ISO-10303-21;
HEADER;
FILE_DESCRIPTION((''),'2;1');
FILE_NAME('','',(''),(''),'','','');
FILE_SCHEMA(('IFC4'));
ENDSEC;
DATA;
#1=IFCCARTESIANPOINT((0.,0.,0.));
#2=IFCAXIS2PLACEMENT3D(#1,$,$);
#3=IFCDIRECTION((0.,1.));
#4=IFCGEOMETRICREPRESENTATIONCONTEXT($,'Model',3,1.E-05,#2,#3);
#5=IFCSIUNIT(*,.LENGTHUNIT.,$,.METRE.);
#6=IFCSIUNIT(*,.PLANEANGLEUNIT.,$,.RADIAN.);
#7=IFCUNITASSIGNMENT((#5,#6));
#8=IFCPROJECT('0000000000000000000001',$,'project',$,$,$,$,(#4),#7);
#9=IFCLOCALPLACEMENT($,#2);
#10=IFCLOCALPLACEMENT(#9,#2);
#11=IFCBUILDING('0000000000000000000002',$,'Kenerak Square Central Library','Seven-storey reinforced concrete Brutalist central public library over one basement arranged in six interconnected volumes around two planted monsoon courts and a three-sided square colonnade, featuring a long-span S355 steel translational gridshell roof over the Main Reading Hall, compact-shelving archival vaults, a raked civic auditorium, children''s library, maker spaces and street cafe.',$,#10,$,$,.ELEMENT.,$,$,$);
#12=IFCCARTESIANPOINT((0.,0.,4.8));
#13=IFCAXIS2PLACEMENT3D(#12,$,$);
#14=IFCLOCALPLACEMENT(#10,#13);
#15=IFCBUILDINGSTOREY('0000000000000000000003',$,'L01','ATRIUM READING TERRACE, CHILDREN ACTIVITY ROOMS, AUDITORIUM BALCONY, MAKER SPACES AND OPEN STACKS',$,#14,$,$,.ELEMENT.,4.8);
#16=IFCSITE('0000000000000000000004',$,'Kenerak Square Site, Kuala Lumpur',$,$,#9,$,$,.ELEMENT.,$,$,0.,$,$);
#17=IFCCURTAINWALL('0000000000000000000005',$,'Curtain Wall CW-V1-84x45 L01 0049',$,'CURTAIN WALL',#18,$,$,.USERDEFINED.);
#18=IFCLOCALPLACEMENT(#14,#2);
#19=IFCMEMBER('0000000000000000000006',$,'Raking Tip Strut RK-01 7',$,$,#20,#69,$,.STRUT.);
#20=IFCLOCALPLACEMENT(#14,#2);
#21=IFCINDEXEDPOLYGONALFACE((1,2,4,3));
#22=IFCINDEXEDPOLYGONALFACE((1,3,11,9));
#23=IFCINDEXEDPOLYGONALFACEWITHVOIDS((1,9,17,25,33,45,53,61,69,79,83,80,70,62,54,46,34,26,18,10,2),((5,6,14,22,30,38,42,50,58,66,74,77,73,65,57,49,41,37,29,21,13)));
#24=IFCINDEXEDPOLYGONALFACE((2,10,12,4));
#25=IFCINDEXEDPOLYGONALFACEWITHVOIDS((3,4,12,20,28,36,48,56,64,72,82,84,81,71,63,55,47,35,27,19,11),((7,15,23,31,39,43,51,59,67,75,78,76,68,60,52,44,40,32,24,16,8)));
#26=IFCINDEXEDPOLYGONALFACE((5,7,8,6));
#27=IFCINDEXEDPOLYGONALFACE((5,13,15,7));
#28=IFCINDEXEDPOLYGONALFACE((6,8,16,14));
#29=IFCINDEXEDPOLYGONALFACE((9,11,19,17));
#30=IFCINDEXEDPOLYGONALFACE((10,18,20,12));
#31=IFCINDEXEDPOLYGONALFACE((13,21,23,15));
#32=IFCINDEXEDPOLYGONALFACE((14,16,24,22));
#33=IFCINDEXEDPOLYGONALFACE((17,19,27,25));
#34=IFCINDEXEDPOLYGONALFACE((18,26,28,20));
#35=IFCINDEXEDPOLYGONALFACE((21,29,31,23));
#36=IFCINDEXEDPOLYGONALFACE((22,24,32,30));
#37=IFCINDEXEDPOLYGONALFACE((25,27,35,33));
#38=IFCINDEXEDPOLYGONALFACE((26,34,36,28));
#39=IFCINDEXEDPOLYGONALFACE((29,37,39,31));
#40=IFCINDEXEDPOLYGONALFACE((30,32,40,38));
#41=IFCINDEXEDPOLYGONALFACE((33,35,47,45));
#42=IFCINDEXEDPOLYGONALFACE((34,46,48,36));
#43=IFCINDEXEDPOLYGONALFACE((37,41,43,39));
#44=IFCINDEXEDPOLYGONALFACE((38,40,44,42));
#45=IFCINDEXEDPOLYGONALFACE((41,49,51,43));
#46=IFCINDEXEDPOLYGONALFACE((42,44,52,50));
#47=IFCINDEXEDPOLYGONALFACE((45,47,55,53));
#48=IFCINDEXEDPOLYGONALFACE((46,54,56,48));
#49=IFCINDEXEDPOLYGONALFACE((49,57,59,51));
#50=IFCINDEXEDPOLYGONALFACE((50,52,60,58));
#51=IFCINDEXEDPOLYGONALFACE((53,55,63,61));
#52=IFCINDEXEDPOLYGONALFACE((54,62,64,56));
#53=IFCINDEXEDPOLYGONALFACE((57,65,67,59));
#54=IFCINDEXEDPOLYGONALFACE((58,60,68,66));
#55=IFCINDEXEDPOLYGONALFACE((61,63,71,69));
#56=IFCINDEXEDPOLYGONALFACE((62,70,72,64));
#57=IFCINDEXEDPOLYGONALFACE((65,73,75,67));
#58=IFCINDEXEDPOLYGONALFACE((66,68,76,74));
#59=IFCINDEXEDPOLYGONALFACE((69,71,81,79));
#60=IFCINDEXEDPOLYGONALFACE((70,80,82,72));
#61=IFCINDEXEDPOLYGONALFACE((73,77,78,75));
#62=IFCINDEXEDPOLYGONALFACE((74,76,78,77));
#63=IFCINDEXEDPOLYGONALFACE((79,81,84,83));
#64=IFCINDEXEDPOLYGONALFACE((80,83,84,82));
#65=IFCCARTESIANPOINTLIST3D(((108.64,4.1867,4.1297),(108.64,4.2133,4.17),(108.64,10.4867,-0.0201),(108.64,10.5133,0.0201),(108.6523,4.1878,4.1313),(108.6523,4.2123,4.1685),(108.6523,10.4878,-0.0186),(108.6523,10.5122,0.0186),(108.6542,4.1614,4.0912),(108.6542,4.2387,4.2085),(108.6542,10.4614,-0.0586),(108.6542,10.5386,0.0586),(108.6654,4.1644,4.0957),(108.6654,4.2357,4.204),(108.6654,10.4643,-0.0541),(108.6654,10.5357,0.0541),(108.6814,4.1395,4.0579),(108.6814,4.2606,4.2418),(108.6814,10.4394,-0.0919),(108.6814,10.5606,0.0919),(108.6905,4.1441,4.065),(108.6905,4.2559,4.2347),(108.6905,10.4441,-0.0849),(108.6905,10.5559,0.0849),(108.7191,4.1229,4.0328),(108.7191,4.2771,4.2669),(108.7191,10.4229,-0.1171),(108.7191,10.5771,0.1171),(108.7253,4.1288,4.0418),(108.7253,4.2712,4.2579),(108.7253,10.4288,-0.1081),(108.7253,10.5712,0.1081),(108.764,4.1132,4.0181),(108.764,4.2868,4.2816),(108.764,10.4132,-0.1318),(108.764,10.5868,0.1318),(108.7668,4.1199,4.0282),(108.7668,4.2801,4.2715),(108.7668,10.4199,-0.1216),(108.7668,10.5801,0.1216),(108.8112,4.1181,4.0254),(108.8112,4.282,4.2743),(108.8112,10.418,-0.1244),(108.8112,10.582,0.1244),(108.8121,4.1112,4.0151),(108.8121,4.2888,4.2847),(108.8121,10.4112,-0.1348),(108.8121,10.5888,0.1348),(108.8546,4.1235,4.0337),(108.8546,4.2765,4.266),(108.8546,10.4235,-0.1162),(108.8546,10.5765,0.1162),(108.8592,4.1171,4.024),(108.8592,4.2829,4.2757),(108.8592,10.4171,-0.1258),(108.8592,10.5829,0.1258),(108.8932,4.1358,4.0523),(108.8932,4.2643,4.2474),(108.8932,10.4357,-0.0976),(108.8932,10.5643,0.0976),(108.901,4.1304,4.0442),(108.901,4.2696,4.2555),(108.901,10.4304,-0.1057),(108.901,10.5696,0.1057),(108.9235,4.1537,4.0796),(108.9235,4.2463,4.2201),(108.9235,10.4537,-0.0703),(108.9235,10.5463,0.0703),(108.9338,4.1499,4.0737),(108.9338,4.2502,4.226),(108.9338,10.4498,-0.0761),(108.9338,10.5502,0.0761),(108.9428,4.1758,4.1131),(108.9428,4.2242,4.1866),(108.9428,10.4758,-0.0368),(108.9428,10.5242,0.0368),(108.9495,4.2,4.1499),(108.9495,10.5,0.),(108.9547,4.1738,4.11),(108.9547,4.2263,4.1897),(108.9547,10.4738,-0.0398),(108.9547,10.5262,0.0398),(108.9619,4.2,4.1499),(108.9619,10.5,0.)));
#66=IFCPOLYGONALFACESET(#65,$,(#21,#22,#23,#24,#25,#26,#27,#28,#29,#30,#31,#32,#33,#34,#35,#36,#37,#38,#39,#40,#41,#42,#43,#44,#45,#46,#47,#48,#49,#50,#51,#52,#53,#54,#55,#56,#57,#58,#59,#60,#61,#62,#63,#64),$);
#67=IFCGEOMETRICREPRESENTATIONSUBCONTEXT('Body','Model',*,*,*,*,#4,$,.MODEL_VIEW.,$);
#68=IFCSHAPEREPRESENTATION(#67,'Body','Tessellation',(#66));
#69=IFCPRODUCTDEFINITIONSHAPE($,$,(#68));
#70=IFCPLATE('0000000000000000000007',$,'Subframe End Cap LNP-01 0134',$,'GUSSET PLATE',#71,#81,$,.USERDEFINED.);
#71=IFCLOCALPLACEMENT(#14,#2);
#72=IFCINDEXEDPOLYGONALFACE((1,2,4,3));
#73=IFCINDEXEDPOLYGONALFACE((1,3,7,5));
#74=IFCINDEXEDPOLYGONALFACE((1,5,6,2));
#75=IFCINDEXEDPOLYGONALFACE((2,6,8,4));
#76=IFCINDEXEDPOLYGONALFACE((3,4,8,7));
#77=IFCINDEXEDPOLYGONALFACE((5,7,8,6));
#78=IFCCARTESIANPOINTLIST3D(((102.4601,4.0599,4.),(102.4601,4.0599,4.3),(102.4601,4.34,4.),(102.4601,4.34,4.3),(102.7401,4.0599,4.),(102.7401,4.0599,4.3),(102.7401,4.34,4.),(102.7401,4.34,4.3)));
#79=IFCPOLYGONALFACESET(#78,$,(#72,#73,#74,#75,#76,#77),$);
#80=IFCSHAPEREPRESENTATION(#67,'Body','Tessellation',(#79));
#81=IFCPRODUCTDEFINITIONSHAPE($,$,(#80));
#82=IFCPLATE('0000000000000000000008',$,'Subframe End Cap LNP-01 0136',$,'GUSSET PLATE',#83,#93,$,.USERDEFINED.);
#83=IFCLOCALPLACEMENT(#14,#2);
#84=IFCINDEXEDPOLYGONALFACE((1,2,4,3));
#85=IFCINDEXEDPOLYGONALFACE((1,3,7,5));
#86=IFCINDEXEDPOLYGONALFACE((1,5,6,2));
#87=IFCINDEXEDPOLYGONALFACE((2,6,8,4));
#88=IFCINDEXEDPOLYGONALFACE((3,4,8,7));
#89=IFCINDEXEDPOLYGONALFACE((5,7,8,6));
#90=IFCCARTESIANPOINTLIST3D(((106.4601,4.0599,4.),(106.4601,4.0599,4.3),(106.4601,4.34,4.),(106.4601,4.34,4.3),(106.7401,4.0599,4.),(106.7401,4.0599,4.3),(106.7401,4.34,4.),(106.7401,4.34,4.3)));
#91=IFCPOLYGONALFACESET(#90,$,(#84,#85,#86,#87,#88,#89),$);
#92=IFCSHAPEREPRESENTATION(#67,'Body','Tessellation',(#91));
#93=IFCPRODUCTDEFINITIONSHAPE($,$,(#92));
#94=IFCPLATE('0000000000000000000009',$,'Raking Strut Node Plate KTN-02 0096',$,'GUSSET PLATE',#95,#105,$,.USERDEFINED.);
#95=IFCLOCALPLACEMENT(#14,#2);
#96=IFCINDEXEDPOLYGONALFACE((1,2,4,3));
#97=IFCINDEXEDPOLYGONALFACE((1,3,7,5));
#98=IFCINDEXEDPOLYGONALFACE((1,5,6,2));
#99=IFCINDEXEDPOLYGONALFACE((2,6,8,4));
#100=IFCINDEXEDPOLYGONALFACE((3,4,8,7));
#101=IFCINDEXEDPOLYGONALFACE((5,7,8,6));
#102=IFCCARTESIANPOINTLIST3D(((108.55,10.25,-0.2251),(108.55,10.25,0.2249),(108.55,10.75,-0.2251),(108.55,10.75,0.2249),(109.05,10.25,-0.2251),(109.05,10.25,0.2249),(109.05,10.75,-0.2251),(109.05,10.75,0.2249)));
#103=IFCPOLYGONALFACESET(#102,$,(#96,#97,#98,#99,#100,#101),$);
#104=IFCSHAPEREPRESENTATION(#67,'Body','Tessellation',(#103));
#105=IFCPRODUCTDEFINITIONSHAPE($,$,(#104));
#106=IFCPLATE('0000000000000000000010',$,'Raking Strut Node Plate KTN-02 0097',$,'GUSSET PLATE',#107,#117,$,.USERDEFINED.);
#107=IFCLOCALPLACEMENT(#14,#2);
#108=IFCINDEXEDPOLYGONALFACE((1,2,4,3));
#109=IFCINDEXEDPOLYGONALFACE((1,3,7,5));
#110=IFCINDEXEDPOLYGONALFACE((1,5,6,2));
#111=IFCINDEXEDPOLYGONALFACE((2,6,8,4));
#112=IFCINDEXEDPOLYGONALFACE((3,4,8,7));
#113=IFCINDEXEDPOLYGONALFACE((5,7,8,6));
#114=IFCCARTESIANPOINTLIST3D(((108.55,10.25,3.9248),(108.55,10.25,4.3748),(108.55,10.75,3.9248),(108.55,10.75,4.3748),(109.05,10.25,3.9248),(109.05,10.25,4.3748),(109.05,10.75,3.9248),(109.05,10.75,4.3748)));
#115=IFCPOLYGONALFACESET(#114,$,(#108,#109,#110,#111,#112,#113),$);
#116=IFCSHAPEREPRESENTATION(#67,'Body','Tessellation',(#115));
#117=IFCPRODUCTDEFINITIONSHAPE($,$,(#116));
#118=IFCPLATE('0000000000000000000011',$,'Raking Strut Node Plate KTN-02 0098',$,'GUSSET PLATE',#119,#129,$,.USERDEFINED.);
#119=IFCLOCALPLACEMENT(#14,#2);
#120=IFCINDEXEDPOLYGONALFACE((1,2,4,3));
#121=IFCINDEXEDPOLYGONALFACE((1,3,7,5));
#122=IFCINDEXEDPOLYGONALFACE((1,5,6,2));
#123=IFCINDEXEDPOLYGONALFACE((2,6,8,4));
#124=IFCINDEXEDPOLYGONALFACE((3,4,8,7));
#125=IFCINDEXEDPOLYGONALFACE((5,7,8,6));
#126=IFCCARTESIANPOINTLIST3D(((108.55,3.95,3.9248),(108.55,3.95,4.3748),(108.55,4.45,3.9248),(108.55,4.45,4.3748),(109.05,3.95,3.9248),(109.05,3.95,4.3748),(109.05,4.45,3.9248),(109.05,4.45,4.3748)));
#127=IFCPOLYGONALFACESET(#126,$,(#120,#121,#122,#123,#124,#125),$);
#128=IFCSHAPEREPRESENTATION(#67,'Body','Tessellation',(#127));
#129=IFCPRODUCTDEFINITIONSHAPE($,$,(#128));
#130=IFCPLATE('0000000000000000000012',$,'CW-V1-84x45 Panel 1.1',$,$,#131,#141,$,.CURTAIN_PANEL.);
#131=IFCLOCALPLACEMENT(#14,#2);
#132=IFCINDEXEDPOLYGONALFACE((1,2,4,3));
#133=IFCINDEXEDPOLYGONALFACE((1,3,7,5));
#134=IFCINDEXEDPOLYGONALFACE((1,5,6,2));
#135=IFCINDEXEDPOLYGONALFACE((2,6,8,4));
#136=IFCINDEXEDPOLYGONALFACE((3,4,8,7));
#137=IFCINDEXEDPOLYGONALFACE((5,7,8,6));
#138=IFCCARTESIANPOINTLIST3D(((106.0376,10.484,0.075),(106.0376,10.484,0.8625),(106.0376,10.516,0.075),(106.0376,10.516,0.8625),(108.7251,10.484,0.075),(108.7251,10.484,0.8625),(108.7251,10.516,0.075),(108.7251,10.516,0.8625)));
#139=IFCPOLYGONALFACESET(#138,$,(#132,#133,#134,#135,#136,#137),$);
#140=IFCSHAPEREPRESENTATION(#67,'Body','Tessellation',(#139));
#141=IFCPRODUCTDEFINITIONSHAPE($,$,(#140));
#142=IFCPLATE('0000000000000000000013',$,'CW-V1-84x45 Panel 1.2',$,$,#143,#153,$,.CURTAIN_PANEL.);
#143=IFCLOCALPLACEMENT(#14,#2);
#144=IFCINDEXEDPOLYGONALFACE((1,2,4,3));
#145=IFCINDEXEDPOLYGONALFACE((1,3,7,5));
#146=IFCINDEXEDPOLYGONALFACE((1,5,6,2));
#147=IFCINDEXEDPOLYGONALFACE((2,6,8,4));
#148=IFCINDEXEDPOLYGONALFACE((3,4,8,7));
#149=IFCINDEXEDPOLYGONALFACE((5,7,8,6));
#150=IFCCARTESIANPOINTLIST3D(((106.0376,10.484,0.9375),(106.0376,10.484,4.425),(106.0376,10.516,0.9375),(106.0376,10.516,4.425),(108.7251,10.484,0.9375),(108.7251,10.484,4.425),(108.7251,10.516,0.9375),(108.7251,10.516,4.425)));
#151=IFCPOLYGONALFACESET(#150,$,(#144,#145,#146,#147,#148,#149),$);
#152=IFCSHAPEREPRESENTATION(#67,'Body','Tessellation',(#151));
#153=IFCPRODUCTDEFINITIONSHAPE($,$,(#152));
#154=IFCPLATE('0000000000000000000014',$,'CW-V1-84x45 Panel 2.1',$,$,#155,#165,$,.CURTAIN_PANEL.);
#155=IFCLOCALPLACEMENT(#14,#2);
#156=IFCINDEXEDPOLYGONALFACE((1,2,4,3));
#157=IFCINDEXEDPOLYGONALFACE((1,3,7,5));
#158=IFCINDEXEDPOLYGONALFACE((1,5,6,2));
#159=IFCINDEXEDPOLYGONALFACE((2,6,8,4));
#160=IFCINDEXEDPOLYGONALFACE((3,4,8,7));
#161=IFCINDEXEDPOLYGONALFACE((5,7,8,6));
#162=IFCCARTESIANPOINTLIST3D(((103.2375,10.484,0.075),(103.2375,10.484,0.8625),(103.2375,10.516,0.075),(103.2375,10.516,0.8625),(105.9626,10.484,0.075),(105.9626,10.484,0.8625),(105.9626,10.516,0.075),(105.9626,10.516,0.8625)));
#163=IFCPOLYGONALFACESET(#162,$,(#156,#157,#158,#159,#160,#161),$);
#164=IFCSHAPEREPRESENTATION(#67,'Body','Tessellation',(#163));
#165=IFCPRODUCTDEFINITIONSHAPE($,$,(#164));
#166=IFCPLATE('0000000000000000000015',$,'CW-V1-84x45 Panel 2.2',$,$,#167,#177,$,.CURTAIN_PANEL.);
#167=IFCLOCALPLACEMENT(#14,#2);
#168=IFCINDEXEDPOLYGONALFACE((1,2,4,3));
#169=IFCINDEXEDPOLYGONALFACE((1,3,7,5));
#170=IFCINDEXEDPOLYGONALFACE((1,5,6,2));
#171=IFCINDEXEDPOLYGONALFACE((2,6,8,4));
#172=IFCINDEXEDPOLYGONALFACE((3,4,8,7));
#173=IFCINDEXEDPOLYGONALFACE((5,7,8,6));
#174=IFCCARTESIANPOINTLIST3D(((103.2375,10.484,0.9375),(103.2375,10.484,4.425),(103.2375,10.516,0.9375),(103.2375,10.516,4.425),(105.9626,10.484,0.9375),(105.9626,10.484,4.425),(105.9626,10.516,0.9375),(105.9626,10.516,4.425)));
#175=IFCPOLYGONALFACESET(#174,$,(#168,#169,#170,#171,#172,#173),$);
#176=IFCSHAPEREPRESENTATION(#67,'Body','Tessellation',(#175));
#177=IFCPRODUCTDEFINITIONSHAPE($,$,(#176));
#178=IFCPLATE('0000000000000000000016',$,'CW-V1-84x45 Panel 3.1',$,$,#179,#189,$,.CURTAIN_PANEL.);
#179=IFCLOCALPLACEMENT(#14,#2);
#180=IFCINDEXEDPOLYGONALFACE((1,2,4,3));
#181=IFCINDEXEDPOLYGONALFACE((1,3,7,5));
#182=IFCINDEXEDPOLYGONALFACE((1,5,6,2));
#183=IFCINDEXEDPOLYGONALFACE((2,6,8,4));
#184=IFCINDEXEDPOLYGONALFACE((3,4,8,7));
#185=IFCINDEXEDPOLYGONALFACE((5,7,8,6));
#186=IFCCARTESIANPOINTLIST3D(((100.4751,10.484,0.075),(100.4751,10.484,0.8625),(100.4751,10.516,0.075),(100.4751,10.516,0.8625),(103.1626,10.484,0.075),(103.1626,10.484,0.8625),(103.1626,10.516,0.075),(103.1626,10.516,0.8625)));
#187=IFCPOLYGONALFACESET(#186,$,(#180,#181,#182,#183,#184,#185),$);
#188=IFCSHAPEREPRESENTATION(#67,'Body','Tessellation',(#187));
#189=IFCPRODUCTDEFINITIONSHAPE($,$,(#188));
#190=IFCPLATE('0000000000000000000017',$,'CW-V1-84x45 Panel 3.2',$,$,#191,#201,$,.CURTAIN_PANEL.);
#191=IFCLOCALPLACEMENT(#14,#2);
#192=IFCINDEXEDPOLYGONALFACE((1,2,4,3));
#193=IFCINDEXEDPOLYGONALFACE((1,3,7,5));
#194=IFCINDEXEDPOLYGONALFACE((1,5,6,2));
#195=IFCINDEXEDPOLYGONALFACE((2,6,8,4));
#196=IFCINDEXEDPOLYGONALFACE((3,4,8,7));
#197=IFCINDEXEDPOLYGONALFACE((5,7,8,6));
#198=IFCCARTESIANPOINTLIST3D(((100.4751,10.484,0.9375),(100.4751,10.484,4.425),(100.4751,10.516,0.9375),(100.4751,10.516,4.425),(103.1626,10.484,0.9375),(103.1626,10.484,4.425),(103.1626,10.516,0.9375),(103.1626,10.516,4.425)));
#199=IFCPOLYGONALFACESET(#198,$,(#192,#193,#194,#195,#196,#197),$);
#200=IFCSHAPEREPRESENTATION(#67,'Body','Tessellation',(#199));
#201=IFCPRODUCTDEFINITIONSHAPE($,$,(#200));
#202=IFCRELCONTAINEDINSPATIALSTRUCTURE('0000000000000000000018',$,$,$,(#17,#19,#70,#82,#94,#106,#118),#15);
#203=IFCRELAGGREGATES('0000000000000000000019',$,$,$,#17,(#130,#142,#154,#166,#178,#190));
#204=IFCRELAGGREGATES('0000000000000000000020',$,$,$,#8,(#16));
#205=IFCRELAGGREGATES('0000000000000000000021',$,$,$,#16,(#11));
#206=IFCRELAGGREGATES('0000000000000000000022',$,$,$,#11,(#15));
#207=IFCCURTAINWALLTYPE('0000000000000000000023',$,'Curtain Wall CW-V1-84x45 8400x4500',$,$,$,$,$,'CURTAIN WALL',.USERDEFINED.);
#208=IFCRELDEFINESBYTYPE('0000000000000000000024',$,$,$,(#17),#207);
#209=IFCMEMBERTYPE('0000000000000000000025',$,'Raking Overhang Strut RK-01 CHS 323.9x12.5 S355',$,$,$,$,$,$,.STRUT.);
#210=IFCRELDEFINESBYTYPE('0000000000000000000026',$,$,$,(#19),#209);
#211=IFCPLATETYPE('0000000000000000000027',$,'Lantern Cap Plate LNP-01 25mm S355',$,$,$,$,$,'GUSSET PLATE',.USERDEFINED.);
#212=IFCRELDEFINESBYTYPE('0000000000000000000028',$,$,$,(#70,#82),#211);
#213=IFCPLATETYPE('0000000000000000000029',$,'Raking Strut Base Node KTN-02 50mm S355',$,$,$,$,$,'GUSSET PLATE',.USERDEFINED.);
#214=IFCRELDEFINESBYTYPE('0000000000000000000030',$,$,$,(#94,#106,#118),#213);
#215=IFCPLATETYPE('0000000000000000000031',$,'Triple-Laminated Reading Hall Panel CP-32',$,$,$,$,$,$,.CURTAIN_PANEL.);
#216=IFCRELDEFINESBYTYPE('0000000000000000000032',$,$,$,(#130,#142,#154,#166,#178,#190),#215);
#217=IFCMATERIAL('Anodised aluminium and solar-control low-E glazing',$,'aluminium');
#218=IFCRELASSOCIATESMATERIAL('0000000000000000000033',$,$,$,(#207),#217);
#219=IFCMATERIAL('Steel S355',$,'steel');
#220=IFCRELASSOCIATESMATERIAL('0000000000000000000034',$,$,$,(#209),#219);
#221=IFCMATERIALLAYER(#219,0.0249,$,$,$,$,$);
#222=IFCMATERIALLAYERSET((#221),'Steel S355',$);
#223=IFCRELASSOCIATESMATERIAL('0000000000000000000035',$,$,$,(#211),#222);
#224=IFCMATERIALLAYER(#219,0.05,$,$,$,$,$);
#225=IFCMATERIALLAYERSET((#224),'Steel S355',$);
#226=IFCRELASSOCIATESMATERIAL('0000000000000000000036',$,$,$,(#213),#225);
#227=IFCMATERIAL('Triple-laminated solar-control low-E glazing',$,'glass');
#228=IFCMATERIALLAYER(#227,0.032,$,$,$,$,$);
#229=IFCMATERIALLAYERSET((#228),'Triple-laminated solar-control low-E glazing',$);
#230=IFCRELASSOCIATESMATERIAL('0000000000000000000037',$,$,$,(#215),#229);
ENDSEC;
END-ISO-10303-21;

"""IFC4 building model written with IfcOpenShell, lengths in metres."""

from ifc_helpers import new_model, si_unit, direction, frame, origin, origin_2d, place, context, subcontext, project, spatial, rectangle, hollow_circle, extrude, material, layer, layer_set, material_profile, profile_set, type_object, element, aggregate, save


model = new_model("IFC4")

# Units and contexts
model_context = context("Model", 3, precision=1e-05, world=origin(), true_north=direction((0.0, 1.0)))
body_context = subcontext(model_context, "Body", "Model", "MODEL_VIEW")
ifc_project = project(units=[si_unit("LENGTHUNIT", "METRE"), si_unit("PLANEANGLEUNIT", "RADIAN")], contexts=[model_context])

# Site, building, storey
site_placement = place(None, origin())
site = spatial("IfcSite", under=ifc_project, at=site_placement, Name="Kenerak Square Site, Kuala Lumpur", CompositionType="ELEMENT", RefElevation=0.0)
building_placement = place(site_placement, origin())
building = spatial("IfcBuilding", under=site, at=building_placement, Name="Kenerak Square Central Library", Description="Seven-storey reinforced concrete Brutalist central public library over one basement arranged in six interconnected volumes around two planted monsoon courts and a three-sided square colonnade, featuring a long-span S355 steel translational gridshell roof over the Main Reading Hall, compact-shelving archival vaults, a raked civic auditorium, children's library, maker spaces and street cafe.", CompositionType="ELEMENT")
storey_placement = place(building_placement, frame((0.0, 0.0, 4.8)))
storey = spatial("IfcBuildingStorey", under=building, at=storey_placement, Name="L01", Description="ATRIUM READING TERRACE, CHILDREN ACTIVITY ROOMS, AUDITORIUM BALCONY, MAKER SPACES AND OPEN STACKS", CompositionType="ELEMENT", Elevation=4.8)

# Shared definitions
ifc_material_1 = material(Name="Anodised aluminium and solar-control low-E glazing", Category="aluminium")
curtain_wall_type = type_object("IfcCurtainWallType", Name="Curtain Wall CW-V1-84x45 8400x4500", ElementType="CURTAIN WALL", PredefinedType="USERDEFINED", material=ifc_material_1)

# Curtain wall
curtain_wall_1_placement = place(storey_placement, origin())
curtain_wall_1 = element("IfcCurtainWall", 1, at=curtain_wall_1_placement, inside=storey, type_object=curtain_wall_type, Name="Curtain Wall CW-V1-84x45 L01 0049", ObjectType="CURTAIN WALL", PredefinedType="USERDEFINED")

# Shared definitions
ifc_material_2 = material(Name="Steel S355", Category="steel")

# Member
ifc_material_profile_1 = material_profile(ifc_material_2, hollow_circle(Radius=0.1619, WallThickness=0.0125, at=origin_2d()), Name="CHS 323.9x12.5")
ifc_profile_set_1 = profile_set([ifc_material_profile_1], Name="Steel S355")
member_type_1 = type_object("IfcMemberType", Name="Raking Overhang Strut RK-01 CHS 323.9x12.5 S355", PredefinedType="STRUT", material=ifc_profile_set_1)
member_1_placement = place(storey_placement, frame((108.8, 10.5, 0.0), z_axis=(0.0, -0.835105, 0.550091), x_axis=(1.0, 0.0, 0.0)))
element("IfcMember", 2, at=member_1_placement, inside=storey, type_object=member_type_1, Name="Raking Tip Strut RK-01 7", PredefinedType="STRUT", context=body_context, shape_type="SweptSolid", body=[
    extrude(hollow_circle(Radius=0.1619, WallThickness=0.0125, at=origin_2d()), origin(), (0.0, 0.0, 1.0), 7.5439),
])

# Plates
ifc_layer_1 = layer(ifc_material_2, 0.0249)
ifc_layer_set_1 = layer_set([ifc_layer_1], Name="Steel S355")
plate_type_1 = type_object("IfcPlateType", Name="Lantern Cap Plate LNP-01 25mm S355", ElementType="GUSSET PLATE", PredefinedType="USERDEFINED", material=ifc_layer_set_1)
for number, where, z_axis, x_axis, name in (
    (3, (102.6001, 4.2, 4.0), (0.0, 0.0, 1.0), (1.0, 0.0, 0.0), "Subframe End Cap LNP-01 0134"),
    (4, (106.6001, 4.2, 4.0), (0.0, 0.0, 1.0), (1.0, 0.0, 0.0), "Subframe End Cap LNP-01 0136"),
):
    element("IfcPlate", number, at=place(storey_placement, frame(where, z_axis=z_axis, x_axis=x_axis)), inside=storey, type_object=plate_type_1, Name=name, ObjectType="GUSSET PLATE", PredefinedType="USERDEFINED", context=body_context, shape_type="SweptSolid", body=[
        extrude(rectangle(XDim=0.28, YDim=0.28, at=origin_2d()), origin(), (0.0, 0.0, 1.0), 0.3),
    ])
ifc_layer_2 = layer(ifc_material_2, 0.05)
ifc_layer_set_2 = layer_set([ifc_layer_2], Name="Steel S355")
plate_type_2 = type_object("IfcPlateType", Name="Raking Strut Base Node KTN-02 50mm S355", ElementType="GUSSET PLATE", PredefinedType="USERDEFINED", material=ifc_layer_set_2)
for number, where, z_axis, x_axis, name in (
    (5, (108.8, 10.5, -0.2251), (0.0, 0.0, 1.0), (1.0, 0.0, 0.0), "Raking Strut Node Plate KTN-02 0096"),
    (6, (108.8, 10.5, 3.9248), (0.0, 0.0, 1.0), (1.0, 0.0, 0.0), "Raking Strut Node Plate KTN-02 0097"),
    (7, (108.8, 4.2, 3.9248), (0.0, 0.0, 1.0), (1.0, 0.0, 0.0), "Raking Strut Node Plate KTN-02 0098"),
):
    element("IfcPlate", number, at=place(storey_placement, frame(where, z_axis=z_axis, x_axis=x_axis)), inside=storey, type_object=plate_type_2, Name=name, ObjectType="GUSSET PLATE", PredefinedType="USERDEFINED", context=body_context, shape_type="SweptSolid", body=[
        extrude(rectangle(XDim=0.5, YDim=0.5, at=origin_2d()), origin(), (0.0, 0.0, 1.0), 0.45),
    ])

# Plates
ifc_material_3 = material(Name="Triple-laminated solar-control low-E glazing", Category="glass")
ifc_layer_3 = layer(ifc_material_3, 0.032)
ifc_layer_set_3 = layer_set([ifc_layer_3], Name="Triple-laminated solar-control low-E glazing")
plate_type_3 = type_object("IfcPlateType", Name="Triple-Laminated Reading Hall Panel CP-32", PredefinedType="CURTAIN_PANEL", material=ifc_layer_set_3)
plate_1_placement = place(storey_placement, frame((107.3813, 10.5, 0.075), z_axis=(0.0, 0.0, 1.0), x_axis=(-1.0, 0.0, 0.0)))
plate_1 = element("IfcPlate", 8, at=plate_1_placement, type_object=plate_type_3, Name="CW-V1-84x45 Panel 1.1", PredefinedType="CURTAIN_PANEL", context=body_context, shape_type="SweptSolid", body=[
    extrude(rectangle(XDim=2.6875, YDim=0.032, at=origin_2d()), origin(), (0.0, 0.0, 1.0), 0.7876),
])
plate_2_placement = place(storey_placement, frame((107.3813, 10.5, 0.9375), z_axis=(0.0, 0.0, 1.0), x_axis=(-1.0, 0.0, 0.0)))
plate_2 = element("IfcPlate", 9, at=plate_2_placement, type_object=plate_type_3, Name="CW-V1-84x45 Panel 1.2", PredefinedType="CURTAIN_PANEL", context=body_context, shape_type="SweptSolid", body=[
    extrude(rectangle(XDim=2.6875, YDim=0.032, at=origin_2d()), origin(), (0.0, 0.0, 1.0), 3.4875),
])
plate_3_placement = place(storey_placement, frame((104.6001, 10.5, 0.075), z_axis=(0.0, 0.0, 1.0), x_axis=(-1.0, 0.0, 0.0)))
plate_3 = element("IfcPlate", 10, at=plate_3_placement, type_object=plate_type_3, Name="CW-V1-84x45 Panel 2.1", PredefinedType="CURTAIN_PANEL", context=body_context, shape_type="SweptSolid", body=[
    extrude(rectangle(XDim=2.7251, YDim=0.032, at=origin_2d()), origin(), (0.0, 0.0, 1.0), 0.7876),
])
plate_4_placement = place(storey_placement, frame((104.6001, 10.5, 0.9375), z_axis=(0.0, 0.0, 1.0), x_axis=(-1.0, 0.0, 0.0)))
plate_4 = element("IfcPlate", 11, at=plate_4_placement, type_object=plate_type_3, Name="CW-V1-84x45 Panel 2.2", PredefinedType="CURTAIN_PANEL", context=body_context, shape_type="SweptSolid", body=[
    extrude(rectangle(XDim=2.7251, YDim=0.032, at=origin_2d()), origin(), (0.0, 0.0, 1.0), 3.4875),
])
plate_5_placement = place(storey_placement, frame((101.8188, 10.5, 0.075), z_axis=(0.0, 0.0, 1.0), x_axis=(-1.0, 0.0, 0.0)))
plate_5 = element("IfcPlate", 12, at=plate_5_placement, type_object=plate_type_3, Name="CW-V1-84x45 Panel 3.1", PredefinedType="CURTAIN_PANEL", context=body_context, shape_type="SweptSolid", body=[
    extrude(rectangle(XDim=2.6875, YDim=0.032, at=origin_2d()), origin(), (0.0, 0.0, 1.0), 0.7876),
])
plate_6_placement = place(storey_placement, frame((101.8188, 10.5, 0.9375), z_axis=(0.0, 0.0, 1.0), x_axis=(-1.0, 0.0, 0.0)))
plate_6 = element("IfcPlate", 13, at=plate_6_placement, type_object=plate_type_3, Name="CW-V1-84x45 Panel 3.2", PredefinedType="CURTAIN_PANEL", context=body_context, shape_type="SweptSolid", body=[
    extrude(rectangle(XDim=2.6875, YDim=0.032, at=origin_2d()), origin(), (0.0, 0.0, 1.0), 3.4875),
])
aggregate(curtain_wall_1, [plate_1, plate_2, plate_3, plate_4, plate_5, plate_6])

save(model, "model.ifc")
